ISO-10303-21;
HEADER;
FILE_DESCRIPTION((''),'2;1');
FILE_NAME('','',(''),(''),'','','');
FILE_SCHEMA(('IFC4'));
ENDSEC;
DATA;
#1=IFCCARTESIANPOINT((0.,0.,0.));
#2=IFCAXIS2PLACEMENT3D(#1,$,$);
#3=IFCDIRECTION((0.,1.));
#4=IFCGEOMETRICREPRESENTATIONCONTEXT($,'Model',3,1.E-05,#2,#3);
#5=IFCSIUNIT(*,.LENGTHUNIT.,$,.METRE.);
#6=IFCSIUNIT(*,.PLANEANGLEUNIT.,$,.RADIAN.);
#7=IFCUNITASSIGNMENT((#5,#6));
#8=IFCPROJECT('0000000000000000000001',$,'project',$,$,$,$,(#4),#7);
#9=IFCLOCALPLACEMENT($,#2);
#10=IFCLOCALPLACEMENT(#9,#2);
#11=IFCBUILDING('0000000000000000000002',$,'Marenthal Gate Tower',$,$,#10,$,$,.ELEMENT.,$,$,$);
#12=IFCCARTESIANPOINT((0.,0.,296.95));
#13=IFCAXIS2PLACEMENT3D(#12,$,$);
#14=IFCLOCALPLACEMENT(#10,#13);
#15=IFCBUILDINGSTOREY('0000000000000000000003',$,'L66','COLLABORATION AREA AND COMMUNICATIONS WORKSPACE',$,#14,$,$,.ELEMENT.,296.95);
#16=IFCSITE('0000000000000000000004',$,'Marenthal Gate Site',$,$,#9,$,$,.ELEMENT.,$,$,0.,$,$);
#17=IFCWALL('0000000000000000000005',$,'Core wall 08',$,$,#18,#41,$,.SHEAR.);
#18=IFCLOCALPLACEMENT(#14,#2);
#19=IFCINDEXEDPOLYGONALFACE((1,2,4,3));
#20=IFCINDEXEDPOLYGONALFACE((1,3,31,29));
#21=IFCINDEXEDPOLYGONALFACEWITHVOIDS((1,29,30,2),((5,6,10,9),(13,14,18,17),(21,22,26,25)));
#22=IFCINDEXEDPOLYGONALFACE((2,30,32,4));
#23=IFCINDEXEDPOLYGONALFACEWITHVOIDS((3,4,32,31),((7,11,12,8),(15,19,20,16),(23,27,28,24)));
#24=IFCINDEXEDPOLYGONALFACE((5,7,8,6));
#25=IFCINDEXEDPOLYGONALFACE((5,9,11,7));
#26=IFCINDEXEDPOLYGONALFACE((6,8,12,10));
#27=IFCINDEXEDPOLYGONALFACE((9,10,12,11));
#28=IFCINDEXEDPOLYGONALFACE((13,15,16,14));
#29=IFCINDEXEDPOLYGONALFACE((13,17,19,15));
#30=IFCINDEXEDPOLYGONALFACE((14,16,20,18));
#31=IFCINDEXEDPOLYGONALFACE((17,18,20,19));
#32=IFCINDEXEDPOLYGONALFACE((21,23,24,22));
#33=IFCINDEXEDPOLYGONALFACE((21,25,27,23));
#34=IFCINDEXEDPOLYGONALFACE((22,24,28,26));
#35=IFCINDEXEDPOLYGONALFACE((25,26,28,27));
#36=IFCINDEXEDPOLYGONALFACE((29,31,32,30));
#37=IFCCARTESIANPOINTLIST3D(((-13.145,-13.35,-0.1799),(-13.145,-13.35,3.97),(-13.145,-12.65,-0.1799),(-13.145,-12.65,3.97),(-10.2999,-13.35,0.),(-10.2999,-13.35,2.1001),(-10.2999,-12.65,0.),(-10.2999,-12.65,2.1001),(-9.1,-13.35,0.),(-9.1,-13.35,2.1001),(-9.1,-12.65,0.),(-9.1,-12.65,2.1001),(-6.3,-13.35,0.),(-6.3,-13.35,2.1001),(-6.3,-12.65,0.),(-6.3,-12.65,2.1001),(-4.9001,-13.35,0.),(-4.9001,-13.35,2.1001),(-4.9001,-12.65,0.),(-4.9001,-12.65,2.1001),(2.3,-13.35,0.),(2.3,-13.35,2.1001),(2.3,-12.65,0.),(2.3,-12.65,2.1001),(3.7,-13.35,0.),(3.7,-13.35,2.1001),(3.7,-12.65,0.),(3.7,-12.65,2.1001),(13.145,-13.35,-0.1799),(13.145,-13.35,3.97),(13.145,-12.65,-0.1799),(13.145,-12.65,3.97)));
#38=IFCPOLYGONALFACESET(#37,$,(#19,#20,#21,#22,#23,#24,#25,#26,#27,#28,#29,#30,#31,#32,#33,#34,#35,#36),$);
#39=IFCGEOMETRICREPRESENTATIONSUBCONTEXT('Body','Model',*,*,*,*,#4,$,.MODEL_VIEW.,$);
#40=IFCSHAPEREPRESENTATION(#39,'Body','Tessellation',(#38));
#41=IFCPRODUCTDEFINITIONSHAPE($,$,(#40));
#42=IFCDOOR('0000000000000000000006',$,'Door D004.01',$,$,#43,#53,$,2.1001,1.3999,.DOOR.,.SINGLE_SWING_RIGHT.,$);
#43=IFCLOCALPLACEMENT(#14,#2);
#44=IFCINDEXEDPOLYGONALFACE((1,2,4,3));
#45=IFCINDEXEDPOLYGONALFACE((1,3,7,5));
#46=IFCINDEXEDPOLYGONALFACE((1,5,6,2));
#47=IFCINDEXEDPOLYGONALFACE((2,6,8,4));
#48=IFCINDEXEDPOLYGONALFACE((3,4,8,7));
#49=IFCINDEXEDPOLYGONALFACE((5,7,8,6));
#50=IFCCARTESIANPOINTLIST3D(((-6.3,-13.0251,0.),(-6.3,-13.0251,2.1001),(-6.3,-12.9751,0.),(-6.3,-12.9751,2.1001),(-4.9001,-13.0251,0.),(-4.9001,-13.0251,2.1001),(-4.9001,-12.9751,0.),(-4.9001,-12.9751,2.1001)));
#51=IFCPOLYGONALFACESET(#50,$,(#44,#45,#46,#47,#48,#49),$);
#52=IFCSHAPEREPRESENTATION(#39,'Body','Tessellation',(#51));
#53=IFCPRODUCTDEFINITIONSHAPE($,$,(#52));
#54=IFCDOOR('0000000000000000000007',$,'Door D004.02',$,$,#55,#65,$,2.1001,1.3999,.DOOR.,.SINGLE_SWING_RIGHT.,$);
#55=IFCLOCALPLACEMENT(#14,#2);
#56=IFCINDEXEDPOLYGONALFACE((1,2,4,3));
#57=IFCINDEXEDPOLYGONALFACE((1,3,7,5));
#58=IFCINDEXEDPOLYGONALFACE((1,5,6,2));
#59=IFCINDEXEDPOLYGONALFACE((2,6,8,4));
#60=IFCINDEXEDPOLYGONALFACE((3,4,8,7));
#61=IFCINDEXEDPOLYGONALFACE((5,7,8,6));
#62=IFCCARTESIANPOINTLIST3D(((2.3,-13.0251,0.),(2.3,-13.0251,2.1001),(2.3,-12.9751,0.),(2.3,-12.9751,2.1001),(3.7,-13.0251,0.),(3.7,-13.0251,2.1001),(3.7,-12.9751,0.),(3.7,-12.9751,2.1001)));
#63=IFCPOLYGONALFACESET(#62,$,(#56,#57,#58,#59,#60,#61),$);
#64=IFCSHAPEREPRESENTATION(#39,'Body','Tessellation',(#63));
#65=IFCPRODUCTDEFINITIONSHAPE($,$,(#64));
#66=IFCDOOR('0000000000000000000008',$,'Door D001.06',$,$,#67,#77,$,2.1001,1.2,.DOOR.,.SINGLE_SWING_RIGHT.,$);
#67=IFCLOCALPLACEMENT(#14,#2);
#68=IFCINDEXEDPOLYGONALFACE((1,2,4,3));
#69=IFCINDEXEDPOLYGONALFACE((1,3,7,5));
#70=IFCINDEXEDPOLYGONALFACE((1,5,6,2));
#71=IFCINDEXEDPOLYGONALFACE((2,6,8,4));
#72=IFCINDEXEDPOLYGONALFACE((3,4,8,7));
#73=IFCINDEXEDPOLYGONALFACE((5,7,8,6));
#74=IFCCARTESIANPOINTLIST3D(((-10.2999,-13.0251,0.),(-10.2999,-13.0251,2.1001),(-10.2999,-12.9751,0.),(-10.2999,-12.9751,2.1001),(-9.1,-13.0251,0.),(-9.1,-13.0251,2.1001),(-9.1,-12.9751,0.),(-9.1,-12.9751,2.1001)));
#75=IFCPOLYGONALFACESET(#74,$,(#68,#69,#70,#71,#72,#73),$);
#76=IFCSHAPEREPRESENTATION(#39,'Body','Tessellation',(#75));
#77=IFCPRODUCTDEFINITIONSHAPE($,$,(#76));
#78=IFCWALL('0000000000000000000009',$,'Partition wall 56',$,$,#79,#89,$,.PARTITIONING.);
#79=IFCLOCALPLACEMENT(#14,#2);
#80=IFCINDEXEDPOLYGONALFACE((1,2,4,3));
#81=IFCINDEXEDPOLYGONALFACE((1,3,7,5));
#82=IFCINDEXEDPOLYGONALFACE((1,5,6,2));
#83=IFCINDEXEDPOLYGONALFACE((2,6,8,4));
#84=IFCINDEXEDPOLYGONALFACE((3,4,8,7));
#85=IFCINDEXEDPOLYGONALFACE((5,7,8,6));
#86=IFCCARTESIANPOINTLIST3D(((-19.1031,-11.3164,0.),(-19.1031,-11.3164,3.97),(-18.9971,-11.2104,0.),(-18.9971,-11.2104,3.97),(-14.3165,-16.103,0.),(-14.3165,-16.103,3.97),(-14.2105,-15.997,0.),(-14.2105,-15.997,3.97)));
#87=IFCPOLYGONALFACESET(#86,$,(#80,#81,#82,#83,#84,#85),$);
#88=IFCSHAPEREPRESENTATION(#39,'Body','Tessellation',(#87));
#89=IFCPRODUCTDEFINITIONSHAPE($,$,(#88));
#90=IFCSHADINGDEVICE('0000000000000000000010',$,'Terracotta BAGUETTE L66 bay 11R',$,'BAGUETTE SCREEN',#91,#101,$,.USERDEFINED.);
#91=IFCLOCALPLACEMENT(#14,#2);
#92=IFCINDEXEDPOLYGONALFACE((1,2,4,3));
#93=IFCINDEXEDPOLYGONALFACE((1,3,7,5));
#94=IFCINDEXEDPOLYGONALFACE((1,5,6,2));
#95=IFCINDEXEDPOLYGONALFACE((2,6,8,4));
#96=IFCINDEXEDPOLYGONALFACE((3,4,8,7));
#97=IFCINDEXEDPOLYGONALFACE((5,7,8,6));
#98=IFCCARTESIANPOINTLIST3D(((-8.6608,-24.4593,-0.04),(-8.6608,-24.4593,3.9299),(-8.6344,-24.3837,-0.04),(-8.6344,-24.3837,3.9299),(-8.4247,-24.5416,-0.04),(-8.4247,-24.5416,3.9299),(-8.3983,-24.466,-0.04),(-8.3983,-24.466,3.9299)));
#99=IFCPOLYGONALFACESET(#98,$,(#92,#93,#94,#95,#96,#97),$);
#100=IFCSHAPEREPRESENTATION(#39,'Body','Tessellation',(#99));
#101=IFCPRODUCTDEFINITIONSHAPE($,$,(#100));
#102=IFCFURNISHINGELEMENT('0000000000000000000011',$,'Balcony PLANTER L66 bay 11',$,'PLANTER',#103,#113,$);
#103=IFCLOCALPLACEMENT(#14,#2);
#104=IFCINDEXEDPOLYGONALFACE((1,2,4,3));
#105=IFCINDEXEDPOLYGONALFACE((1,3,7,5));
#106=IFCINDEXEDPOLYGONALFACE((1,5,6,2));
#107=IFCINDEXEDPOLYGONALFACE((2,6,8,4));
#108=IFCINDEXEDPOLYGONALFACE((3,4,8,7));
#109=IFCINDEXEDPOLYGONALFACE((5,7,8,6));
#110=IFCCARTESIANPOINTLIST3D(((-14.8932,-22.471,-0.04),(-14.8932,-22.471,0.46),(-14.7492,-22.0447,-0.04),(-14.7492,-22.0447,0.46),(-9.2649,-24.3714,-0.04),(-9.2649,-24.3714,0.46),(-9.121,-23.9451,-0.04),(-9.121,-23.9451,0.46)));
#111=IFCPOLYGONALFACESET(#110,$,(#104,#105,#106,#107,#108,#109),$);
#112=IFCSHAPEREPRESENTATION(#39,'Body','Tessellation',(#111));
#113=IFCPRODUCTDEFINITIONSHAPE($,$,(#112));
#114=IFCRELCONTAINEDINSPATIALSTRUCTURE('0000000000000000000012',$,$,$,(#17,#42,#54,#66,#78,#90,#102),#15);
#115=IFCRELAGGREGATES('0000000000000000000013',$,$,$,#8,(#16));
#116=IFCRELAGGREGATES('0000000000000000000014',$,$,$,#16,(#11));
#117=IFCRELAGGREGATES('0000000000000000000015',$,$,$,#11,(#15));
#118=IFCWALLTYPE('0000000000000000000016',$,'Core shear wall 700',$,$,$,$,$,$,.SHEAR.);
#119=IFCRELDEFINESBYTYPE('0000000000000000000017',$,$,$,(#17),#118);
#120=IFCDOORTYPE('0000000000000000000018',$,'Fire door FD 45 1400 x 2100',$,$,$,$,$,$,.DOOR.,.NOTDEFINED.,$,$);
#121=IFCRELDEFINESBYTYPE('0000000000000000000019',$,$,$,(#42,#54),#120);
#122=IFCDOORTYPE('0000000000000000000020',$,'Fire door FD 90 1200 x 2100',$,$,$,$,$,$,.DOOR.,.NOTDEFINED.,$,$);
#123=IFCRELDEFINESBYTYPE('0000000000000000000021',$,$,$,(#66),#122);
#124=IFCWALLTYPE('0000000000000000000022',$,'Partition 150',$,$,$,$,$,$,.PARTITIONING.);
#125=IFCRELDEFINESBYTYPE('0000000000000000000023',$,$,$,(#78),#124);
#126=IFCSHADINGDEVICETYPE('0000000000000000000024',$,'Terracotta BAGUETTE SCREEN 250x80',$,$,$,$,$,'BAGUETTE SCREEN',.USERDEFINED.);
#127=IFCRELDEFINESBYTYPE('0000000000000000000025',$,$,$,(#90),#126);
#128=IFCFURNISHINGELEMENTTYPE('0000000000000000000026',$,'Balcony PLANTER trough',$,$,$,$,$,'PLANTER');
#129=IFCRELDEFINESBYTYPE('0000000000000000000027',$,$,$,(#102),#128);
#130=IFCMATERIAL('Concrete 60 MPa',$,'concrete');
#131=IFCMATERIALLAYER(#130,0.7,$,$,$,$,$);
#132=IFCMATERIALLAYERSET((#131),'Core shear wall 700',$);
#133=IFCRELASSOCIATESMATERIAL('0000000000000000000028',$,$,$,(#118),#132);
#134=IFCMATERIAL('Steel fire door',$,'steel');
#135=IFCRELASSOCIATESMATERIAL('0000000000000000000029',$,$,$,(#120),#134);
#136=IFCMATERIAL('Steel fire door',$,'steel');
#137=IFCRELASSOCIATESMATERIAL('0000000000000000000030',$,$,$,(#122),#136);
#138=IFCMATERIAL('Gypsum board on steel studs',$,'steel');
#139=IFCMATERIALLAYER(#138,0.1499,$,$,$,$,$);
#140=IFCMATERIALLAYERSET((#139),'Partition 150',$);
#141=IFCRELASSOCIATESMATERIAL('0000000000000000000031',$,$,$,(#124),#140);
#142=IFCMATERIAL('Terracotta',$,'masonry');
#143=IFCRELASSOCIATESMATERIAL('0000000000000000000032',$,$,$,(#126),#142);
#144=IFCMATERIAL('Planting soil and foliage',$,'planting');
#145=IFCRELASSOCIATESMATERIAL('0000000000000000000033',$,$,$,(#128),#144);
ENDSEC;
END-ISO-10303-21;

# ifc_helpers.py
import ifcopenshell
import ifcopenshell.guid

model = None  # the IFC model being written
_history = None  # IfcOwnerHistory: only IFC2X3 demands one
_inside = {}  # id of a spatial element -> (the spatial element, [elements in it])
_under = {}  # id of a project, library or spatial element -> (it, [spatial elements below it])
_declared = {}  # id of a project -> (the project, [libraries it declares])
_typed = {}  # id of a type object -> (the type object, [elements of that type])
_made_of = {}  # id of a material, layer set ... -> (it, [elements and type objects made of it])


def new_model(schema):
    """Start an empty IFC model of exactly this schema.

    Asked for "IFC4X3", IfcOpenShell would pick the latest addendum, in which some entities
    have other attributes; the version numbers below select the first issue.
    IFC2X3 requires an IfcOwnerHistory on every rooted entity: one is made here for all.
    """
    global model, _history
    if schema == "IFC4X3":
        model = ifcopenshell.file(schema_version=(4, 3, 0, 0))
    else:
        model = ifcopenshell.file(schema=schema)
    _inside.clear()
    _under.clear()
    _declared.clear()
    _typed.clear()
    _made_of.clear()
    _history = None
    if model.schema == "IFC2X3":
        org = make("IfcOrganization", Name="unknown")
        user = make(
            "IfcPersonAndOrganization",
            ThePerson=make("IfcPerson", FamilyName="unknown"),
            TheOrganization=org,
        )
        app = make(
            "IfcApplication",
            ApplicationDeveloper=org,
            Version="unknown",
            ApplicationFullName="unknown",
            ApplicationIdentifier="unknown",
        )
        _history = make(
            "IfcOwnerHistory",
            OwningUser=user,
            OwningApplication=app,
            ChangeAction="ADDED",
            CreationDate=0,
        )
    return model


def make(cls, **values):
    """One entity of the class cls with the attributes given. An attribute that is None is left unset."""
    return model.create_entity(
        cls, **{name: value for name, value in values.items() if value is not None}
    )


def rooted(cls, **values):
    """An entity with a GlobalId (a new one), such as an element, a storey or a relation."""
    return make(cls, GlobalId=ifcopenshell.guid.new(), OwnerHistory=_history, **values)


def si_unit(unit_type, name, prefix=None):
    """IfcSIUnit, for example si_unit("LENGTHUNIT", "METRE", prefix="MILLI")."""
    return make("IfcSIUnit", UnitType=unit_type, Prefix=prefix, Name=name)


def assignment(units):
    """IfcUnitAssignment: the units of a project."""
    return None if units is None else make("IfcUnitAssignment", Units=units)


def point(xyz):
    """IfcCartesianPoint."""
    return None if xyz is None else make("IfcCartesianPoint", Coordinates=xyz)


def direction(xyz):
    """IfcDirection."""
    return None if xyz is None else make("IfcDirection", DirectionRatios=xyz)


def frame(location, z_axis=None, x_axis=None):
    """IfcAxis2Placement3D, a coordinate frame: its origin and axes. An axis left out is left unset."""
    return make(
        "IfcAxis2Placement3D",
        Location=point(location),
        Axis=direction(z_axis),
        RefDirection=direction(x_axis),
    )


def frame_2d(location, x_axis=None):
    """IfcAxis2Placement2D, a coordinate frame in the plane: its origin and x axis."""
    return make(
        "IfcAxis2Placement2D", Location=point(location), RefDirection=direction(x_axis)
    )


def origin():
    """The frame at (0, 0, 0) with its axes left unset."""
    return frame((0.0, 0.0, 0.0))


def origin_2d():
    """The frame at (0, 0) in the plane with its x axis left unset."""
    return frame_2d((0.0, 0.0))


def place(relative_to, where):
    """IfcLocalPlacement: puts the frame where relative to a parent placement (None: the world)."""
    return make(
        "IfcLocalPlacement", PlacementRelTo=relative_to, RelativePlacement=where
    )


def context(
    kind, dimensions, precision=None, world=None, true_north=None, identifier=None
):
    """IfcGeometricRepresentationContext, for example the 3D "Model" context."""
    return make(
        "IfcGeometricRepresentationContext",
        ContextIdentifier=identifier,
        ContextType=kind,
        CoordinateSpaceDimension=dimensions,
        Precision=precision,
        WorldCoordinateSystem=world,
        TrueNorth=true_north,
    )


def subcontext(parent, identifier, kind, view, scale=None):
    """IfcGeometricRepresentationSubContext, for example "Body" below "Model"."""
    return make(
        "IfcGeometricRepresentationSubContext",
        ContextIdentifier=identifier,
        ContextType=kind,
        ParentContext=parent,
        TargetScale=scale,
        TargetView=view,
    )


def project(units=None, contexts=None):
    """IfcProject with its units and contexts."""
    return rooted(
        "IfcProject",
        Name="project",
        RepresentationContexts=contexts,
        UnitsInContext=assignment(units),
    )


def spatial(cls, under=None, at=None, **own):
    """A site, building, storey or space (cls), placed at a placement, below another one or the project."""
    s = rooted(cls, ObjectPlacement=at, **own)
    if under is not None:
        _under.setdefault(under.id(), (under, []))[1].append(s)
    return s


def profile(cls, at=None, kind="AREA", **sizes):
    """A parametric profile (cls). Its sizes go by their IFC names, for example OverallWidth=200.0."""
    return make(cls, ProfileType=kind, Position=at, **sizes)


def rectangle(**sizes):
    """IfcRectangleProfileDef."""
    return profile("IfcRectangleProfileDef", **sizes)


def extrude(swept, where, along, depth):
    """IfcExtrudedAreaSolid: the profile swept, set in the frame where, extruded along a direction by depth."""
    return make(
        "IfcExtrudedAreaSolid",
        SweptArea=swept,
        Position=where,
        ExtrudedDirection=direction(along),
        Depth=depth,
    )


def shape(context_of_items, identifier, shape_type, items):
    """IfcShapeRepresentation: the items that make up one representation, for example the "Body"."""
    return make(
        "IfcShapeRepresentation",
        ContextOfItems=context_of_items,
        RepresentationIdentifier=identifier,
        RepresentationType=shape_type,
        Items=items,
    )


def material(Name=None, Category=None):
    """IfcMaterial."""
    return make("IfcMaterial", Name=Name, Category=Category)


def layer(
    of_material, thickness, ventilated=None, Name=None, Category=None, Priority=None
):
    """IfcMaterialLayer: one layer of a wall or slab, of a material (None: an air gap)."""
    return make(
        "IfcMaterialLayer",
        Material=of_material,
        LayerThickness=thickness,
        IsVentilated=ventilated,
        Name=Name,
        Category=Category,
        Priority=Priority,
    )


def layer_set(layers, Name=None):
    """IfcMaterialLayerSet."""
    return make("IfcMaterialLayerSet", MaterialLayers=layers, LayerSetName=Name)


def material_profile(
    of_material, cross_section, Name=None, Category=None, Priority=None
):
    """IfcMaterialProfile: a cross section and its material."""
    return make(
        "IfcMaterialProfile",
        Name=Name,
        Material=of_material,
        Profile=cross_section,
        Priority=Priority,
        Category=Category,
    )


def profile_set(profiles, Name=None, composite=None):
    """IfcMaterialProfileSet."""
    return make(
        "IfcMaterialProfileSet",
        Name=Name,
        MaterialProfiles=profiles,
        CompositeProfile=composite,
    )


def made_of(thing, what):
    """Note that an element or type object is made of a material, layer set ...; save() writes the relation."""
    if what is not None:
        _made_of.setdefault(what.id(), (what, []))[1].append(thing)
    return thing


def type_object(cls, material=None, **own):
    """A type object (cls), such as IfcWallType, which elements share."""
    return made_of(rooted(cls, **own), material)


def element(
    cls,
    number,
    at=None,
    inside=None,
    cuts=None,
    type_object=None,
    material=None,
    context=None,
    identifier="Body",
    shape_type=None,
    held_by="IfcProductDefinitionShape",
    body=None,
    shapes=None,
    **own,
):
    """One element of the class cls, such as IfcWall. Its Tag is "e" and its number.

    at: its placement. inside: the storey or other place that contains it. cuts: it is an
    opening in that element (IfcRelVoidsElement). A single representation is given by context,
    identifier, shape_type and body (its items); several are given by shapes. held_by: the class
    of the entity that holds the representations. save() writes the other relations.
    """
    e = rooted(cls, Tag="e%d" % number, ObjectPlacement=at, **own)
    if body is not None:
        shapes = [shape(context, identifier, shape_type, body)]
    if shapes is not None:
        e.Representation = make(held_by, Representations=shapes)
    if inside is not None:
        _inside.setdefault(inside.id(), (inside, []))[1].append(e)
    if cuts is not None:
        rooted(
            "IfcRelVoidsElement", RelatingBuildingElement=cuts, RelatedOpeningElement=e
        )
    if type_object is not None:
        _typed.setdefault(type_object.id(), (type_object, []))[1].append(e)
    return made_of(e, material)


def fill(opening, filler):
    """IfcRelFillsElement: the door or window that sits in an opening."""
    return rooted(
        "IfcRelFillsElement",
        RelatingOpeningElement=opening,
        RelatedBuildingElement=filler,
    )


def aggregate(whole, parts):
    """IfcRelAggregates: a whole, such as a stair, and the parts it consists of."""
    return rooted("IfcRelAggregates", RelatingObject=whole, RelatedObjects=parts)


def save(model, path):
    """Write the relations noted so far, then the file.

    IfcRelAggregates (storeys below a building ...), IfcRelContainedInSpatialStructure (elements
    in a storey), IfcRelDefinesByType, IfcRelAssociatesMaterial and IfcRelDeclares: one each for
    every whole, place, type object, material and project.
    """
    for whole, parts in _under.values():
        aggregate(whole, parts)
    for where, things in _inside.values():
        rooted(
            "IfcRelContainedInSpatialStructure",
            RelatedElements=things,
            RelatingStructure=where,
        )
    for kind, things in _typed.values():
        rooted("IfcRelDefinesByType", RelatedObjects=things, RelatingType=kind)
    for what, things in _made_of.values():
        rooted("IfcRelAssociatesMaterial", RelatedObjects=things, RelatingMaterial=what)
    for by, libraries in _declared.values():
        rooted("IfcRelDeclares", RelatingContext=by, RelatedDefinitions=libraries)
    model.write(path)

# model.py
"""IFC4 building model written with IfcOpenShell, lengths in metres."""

from ifc_helpers import new_model, si_unit, direction, frame, frame_2d, origin, origin_2d, place, context, subcontext, project, spatial, rectangle, extrude, material, layer, layer_set, material_profile, profile_set, type_object, element, fill, save


model = new_model("IFC4")

# Units and contexts
model_context = context("Model", 3, precision=1e-05, world=origin(), true_north=direction((0.0, 1.0)))
body_context = subcontext(model_context, "Body", "Model", "MODEL_VIEW")
ifc_project = project(units=[si_unit("LENGTHUNIT", "METRE"), si_unit("PLANEANGLEUNIT", "RADIAN")], contexts=[model_context])

# Site, building, storey
site_placement = place(None, origin())
site = spatial("IfcSite", under=ifc_project, at=site_placement, Name="Marenthal Gate Site", CompositionType="ELEMENT", RefElevation=0.0)
building_placement = place(site_placement, origin())
building = spatial("IfcBuilding", under=site, at=building_placement, Name="Marenthal Gate Tower", CompositionType="ELEMENT")
storey_placement = place(building_placement, frame((0.0, 0.0, 296.95)))
storey = spatial("IfcBuildingStorey", under=building, at=storey_placement, Name="L66", Description="COLLABORATION AREA AND COMMUNICATIONS WORKSPACE", CompositionType="ELEMENT", Elevation=296.95)

# Wall, openings, doors
ifc_material_1 = material(Name="Concrete 60 MPa", Category="concrete")
ifc_layer_1 = layer(ifc_material_1, 0.7)
ifc_layer_set_1 = layer_set([ifc_layer_1], Name="Core shear wall 700")
wall_type_1 = type_object("IfcWallType", Name="Core shear wall 700", PredefinedType="SHEAR", material=ifc_layer_set_1)
wall_1_placement = place(storey_placement, frame((-13.145, -13.0, -0.1799), z_axis=(0.0, 0.0, 1.0), x_axis=(1.0, 0.0, 0.0)))
wall_1 = element("IfcWall", 1, at=wall_1_placement, inside=storey, type_object=wall_type_1, Name="Core wall 08", PredefinedType="SHEAR", context=body_context, shape_type="SweptSolid", body=[
    extrude(rectangle(XDim=26.29, YDim=0.7, at=frame_2d((13.145, 0.0))), origin(), (0.0, 0.0, 1.0), 4.1499),
])
opening_1_placement = place(wall_1_placement, frame((2.845, 0.0, 0.1799)))
opening_1 = element("IfcOpeningElement", 2, at=opening_1_placement, cuts=wall_1, PredefinedType="OPENING", context=body_context, shape_type="SweptSolid", body=[
    extrude(rectangle(XDim=1.2, YDim=2.1001, at=frame_2d((0.6001, 1.05))), frame((0.0, 0.3599, 0.0), z_axis=(0.0, -1.0, 0.0), x_axis=(1.0, 0.0, 0.0)), (0.0, 0.0, 1.0), 0.72),
])
opening_2_placement = place(wall_1_placement, frame((6.845, 0.0, 0.1799)))
opening_2 = element("IfcOpeningElement", 3, at=opening_2_placement, cuts=wall_1, PredefinedType="OPENING", context=body_context, shape_type="SweptSolid", body=[
    extrude(rectangle(XDim=1.3999, YDim=2.1001, at=frame_2d((0.7, 1.05))), frame((0.0, 0.3599, 0.0), z_axis=(0.0, -1.0, 0.0), x_axis=(1.0, 0.0, 0.0)), (0.0, 0.0, 1.0), 0.72),
])
opening_3_placement = place(wall_1_placement, frame((15.4451, 0.0, 0.1799)))
opening_3 = element("IfcOpeningElement", 4, at=opening_3_placement, cuts=wall_1, PredefinedType="OPENING", context=body_context, shape_type="SweptSolid", body=[
    extrude(rectangle(XDim=1.3999, YDim=2.1001, at=frame_2d((0.7, 1.05))), frame((0.0, 0.3599, 0.0), z_axis=(0.0, -1.0, 0.0), x_axis=(1.0, 0.0, 0.0)), (0.0, 0.0, 1.0), 0.72),
])
ifc_material_2 = material(Name="Steel fire door", Category="steel")
door_type_1 = type_object("IfcDoorType", Name="Fire door FD 45 1400 x 2100", OperationType="NOTDEFINED", PredefinedType="DOOR", material=ifc_material_2)
door_1_placement = place(opening_2_placement, origin())
door_1 = element("IfcDoor", 5, at=door_1_placement, inside=storey, type_object=door_type_1, Name="Door D004.01", OperationType="SINGLE_SWING_RIGHT", OverallHeight=2.1001, OverallWidth=1.3999, PredefinedType="DOOR", context=body_context, shape_type="SweptSolid", body=[
    extrude(rectangle(XDim=1.3999, YDim=2.1001, at=frame_2d((0.7, 1.05))), frame((0.0, 0.0249, 0.0), z_axis=(0.0, -1.0, 0.0), x_axis=(1.0, 0.0, 0.0)), (0.0, 0.0, 1.0), 0.05),
])
fill(opening_2, door_1)
door_2_placement = place(opening_3_placement, origin())
door_2 = element("IfcDoor", 6, at=door_2_placement, inside=storey, type_object=door_type_1, Name="Door D004.02", OperationType="SINGLE_SWING_RIGHT", OverallHeight=2.1001, OverallWidth=1.3999, PredefinedType="DOOR", context=body_context, shape_type="SweptSolid", body=[
    extrude(rectangle(XDim=1.3999, YDim=2.1001, at=frame_2d((0.7, 1.05))), frame((0.0, 0.0249, 0.0), z_axis=(0.0, -1.0, 0.0), x_axis=(1.0, 0.0, 0.0)), (0.0, 0.0, 1.0), 0.05),
])
fill(opening_3, door_2)
ifc_material_3 = material(Name="Steel fire door", Category="steel")
door_type_2 = type_object("IfcDoorType", Name="Fire door FD 90 1200 x 2100", OperationType="NOTDEFINED", PredefinedType="DOOR", material=ifc_material_3)
door_3_placement = place(opening_1_placement, origin())
door_3 = element("IfcDoor", 7, at=door_3_placement, inside=storey, type_object=door_type_2, Name="Door D001.06", OperationType="SINGLE_SWING_RIGHT", OverallHeight=2.1001, OverallWidth=1.2, PredefinedType="DOOR", context=body_context, shape_type="SweptSolid", body=[
    extrude(rectangle(XDim=1.2, YDim=2.1001, at=frame_2d((0.6001, 1.05))), frame((0.0, 0.0249, 0.0), z_axis=(0.0, -1.0, 0.0), x_axis=(1.0, 0.0, 0.0)), (0.0, 0.0, 1.0), 0.05),
])
fill(opening_1, door_3)

# Wall
ifc_material_4 = material(Name="Gypsum board on steel studs", Category="steel")
ifc_layer_2 = layer(ifc_material_4, 0.1499)
ifc_layer_set_2 = layer_set([ifc_layer_2], Name="Partition 150")
wall_type_2 = type_object("IfcWallType", Name="Partition 150", PredefinedType="PARTITIONING", material=ifc_layer_set_2)
wall_2_placement = place(storey_placement, frame((-14.2634, -16.05, 0.0), z_axis=(0.0, 0.0, 1.0), x_axis=(-0.707107, 0.707107, 0.0)))
element("IfcWall", 8, at=wall_2_placement, inside=storey, type_object=wall_type_2, Name="Partition wall 56", PredefinedType="PARTITIONING", context=body_context, shape_type="SweptSolid", body=[
    extrude(rectangle(XDim=6.7693, YDim=0.1499, at=frame_2d((3.3848, 0.0))), origin(), (0.0, 0.0, 1.0), 3.97),
])

# Shading device
ifc_material_5 = material(Name="Terracotta", Category="masonry")
ifc_material_profile_1 = material_profile(ifc_material_5, rectangle(XDim=0.25, YDim=0.0801, at=origin_2d()), Name="Terracotta baguette 250x80")
ifc_profile_set_1 = profile_set([ifc_material_profile_1], Name="Terracotta")
shading_device_type = type_object("IfcShadingDeviceType", Name="Terracotta BAGUETTE SCREEN 250x80", ElementType="BAGUETTE SCREEN", PredefinedType="USERDEFINED", material=ifc_profile_set_1)
shading_device_placement = place(storey_placement, frame((-8.5295, -24.4626, -0.04), z_axis=(0.0, 0.0, 1.0), x_axis=(0.94428, -0.329144, 0.0)))
element("IfcShadingDevice", 9, at=shading_device_placement, inside=storey, type_object=shading_device_type, Name="Terracotta BAGUETTE L66 bay 11R", ObjectType="BAGUETTE SCREEN", PredefinedType="USERDEFINED", context=body_context, shape_type="SweptSolid", body=[
    extrude(rectangle(XDim=0.25, YDim=0.0801, at=origin_2d()), origin(), (0.0, 0.0, 1.0), 3.97),
])

# Furnishing element
ifc_material_6 = material(Name="Planting soil and foliage", Category="planting")
furnishing_element_type = type_object("IfcFurnishingElementType", Name="Balcony PLANTER trough", ElementType="PLANTER", material=ifc_material_6)
furnishing_placement = place(storey_placement, frame((-12.0071, -23.208, -0.04), z_axis=(0.0, 0.0, 1.0), x_axis=(0.947448, -0.31991, 0.0)))
element("IfcFurnishingElement", 10, at=furnishing_placement, inside=storey, type_object=furnishing_element_type, Name="Balcony PLANTER L66 bay 11", ObjectType="PLANTER", context=body_context, shape_type="SweptSolid", body=[
    extrude(rectangle(XDim=5.9404, YDim=0.45, at=origin_2d()), origin(), (0.0, 0.0, 1.0), 0.5),
])

save(model, "model.ifc")
